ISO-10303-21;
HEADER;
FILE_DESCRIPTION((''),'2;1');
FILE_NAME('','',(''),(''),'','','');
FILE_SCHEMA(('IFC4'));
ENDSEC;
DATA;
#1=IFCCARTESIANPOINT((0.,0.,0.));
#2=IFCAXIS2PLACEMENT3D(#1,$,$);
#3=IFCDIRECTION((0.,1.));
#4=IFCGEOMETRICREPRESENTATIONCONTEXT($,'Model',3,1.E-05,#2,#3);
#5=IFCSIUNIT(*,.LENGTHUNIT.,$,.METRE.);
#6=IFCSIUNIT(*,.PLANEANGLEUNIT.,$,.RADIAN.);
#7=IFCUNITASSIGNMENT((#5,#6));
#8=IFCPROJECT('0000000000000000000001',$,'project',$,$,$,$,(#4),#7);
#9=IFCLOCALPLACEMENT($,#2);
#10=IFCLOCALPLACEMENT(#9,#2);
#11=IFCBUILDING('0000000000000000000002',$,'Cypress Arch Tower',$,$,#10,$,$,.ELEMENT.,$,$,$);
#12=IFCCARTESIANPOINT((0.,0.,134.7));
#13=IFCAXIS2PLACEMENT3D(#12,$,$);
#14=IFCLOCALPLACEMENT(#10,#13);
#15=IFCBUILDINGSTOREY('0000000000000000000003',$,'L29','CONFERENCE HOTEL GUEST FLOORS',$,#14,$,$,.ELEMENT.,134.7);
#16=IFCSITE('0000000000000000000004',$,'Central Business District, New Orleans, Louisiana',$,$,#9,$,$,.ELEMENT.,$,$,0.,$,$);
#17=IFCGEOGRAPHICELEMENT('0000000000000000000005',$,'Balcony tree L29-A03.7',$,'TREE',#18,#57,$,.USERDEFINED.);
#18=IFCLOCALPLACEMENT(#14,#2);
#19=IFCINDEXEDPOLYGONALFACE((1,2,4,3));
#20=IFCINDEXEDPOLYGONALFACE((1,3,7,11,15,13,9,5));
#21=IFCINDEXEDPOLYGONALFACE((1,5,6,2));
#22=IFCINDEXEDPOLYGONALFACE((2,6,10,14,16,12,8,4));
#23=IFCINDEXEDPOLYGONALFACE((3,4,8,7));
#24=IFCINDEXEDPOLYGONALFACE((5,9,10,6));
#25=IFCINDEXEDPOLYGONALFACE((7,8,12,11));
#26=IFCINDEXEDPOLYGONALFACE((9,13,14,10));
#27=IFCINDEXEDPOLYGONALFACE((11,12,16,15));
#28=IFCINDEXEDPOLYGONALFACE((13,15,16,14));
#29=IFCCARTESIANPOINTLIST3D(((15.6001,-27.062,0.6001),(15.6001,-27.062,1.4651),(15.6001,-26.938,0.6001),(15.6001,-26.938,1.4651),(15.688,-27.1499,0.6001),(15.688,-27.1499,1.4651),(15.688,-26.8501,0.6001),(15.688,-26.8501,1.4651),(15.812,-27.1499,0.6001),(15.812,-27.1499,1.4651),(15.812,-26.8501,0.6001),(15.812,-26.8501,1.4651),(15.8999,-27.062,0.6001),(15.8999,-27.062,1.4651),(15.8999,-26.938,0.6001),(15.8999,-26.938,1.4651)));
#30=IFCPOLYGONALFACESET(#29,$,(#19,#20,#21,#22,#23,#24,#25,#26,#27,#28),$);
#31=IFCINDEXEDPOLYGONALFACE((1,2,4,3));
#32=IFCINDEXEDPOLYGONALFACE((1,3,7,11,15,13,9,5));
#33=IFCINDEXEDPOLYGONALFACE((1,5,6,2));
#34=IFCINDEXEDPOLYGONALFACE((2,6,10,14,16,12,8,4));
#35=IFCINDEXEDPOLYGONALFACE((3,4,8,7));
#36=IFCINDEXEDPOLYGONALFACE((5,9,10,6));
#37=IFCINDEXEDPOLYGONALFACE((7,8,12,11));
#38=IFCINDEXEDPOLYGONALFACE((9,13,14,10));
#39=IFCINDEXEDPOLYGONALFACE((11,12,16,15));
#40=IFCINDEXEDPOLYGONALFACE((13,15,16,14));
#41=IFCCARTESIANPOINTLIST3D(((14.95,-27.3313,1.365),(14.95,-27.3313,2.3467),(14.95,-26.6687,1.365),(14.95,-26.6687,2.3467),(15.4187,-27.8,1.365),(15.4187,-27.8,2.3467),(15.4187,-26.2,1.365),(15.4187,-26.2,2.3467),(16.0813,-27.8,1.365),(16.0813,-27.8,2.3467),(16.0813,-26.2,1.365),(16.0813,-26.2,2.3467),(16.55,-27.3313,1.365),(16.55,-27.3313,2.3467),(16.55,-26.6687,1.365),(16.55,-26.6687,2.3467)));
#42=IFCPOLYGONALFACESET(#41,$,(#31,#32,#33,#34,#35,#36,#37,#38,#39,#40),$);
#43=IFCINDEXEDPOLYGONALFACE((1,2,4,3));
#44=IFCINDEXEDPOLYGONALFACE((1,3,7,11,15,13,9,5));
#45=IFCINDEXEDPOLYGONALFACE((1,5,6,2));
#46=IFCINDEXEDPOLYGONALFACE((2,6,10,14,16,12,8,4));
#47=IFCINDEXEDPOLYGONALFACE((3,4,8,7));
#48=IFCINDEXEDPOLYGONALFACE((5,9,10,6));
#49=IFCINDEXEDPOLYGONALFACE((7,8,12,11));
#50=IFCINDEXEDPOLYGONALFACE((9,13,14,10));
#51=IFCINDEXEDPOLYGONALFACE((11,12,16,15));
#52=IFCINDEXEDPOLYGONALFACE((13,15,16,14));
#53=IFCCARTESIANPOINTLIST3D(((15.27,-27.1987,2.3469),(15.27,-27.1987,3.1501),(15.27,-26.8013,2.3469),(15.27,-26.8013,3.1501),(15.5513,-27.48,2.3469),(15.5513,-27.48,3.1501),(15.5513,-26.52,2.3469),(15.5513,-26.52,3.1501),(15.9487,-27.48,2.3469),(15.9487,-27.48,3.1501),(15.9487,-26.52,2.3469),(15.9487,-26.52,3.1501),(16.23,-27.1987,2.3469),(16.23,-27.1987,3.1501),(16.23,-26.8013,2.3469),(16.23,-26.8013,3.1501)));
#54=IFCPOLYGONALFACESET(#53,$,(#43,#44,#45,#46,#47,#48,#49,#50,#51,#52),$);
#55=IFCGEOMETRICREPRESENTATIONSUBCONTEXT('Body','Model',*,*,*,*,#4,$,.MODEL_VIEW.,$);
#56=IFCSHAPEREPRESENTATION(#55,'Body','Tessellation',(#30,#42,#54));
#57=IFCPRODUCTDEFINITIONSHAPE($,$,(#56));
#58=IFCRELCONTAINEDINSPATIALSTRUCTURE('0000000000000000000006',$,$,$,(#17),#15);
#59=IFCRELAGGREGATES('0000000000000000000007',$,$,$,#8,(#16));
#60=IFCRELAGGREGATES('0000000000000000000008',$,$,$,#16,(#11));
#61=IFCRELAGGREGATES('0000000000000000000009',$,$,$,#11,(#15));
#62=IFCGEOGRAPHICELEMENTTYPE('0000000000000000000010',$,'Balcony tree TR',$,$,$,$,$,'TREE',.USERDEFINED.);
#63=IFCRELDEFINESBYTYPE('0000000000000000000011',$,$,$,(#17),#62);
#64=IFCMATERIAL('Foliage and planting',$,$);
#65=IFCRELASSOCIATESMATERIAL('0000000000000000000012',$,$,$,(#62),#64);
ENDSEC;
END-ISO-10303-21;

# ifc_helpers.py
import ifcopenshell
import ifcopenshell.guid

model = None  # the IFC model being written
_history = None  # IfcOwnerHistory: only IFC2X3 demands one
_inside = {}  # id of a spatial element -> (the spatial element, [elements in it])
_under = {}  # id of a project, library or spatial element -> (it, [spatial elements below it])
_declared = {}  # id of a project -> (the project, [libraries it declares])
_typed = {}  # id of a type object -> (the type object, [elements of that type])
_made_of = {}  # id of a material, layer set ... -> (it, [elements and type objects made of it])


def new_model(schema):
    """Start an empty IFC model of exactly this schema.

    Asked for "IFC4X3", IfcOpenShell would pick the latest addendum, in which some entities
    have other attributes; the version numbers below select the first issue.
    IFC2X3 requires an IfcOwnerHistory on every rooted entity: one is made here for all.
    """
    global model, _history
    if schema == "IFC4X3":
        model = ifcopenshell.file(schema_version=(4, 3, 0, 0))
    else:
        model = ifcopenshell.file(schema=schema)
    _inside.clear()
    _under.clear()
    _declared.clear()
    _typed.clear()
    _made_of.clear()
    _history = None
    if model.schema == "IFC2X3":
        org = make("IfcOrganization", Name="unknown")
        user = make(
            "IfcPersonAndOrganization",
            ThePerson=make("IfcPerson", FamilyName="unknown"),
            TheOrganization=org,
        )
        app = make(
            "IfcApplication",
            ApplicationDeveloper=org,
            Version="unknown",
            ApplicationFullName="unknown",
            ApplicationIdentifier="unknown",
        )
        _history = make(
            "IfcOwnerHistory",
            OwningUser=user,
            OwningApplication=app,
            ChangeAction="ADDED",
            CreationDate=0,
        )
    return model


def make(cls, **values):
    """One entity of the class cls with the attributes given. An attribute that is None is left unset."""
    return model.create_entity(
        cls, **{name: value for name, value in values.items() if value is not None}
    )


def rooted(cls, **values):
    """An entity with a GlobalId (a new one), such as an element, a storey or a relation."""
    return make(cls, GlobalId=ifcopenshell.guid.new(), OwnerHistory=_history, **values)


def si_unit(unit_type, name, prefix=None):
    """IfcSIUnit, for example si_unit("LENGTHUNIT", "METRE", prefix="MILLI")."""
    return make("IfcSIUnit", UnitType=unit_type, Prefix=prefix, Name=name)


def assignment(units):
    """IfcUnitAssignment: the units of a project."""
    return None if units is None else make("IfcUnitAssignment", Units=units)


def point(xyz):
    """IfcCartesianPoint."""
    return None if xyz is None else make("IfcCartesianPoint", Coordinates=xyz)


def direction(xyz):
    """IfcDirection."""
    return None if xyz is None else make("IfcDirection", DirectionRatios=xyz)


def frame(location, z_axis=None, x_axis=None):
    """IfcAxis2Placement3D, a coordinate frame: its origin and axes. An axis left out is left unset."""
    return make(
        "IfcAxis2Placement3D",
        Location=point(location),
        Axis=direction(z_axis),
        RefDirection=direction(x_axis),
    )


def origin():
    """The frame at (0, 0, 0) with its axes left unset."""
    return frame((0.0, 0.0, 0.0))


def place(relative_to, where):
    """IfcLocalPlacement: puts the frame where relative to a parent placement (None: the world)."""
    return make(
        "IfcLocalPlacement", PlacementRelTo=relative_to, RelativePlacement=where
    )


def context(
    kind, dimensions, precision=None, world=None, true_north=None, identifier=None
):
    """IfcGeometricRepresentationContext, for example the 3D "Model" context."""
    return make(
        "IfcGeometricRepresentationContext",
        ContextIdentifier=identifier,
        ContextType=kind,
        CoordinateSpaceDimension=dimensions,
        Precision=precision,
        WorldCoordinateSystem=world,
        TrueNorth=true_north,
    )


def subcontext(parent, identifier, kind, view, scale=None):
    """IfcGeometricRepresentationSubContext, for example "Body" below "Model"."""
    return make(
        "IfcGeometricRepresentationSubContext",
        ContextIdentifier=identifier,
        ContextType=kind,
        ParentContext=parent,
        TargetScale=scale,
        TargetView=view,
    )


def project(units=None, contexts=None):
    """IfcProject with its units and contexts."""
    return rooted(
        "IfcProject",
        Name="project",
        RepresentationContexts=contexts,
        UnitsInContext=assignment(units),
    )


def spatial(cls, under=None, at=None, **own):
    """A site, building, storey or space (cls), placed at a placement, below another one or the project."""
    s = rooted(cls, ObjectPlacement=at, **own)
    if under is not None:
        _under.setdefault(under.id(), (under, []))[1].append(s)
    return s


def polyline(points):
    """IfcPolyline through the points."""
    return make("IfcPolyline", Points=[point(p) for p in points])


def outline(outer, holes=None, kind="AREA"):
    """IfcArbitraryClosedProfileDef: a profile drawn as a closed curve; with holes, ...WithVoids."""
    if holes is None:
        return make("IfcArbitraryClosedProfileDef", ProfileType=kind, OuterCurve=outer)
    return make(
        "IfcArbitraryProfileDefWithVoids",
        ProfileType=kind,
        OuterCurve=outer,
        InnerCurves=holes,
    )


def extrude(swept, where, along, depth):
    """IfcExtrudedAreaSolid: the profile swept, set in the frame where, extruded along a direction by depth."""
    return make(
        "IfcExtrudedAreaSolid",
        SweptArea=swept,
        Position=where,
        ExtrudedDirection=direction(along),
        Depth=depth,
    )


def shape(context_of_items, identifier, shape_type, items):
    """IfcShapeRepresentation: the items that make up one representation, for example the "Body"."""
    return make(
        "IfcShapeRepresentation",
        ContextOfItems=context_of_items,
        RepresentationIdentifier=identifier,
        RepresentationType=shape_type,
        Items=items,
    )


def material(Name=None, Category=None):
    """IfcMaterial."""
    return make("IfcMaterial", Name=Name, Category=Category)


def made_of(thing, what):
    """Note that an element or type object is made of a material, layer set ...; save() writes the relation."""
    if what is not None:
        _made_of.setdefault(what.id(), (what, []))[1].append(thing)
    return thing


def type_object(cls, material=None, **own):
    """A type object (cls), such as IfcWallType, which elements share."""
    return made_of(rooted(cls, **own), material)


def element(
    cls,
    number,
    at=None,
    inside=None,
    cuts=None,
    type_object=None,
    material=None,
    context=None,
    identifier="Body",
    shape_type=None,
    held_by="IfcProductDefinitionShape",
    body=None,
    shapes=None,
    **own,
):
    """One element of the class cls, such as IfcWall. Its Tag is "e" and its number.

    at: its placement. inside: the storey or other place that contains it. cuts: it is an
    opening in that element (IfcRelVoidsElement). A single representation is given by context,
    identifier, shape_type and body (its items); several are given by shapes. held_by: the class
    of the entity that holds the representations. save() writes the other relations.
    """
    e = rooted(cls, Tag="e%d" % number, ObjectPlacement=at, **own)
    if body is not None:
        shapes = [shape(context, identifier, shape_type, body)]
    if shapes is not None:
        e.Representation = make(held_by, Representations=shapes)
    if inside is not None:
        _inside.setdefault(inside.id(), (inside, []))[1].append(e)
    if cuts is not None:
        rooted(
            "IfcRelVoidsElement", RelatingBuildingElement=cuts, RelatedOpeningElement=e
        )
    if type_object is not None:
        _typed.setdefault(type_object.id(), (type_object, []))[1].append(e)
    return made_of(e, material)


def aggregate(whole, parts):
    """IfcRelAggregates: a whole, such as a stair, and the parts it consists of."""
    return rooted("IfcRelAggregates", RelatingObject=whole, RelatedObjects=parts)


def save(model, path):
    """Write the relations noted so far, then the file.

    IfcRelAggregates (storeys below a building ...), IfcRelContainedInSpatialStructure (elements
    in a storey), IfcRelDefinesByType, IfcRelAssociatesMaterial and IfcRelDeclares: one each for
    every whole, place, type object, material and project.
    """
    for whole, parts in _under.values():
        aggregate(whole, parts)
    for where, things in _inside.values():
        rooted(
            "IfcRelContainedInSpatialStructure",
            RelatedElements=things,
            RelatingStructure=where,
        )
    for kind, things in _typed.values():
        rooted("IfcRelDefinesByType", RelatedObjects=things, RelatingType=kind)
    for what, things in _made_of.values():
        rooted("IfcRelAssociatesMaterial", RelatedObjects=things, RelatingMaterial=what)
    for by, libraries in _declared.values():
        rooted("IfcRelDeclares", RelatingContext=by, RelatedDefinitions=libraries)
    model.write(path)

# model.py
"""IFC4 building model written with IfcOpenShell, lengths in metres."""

from ifc_helpers import new_model, si_unit, direction, frame, origin, place, context, subcontext, project, spatial, polyline, outline, extrude, material, type_object, element, save


model = new_model("IFC4")

# Units and contexts
model_context = context("Model", 3, precision=1e-05, world=origin(), true_north=direction((0.0, 1.0)))
body_context = subcontext(model_context, "Body", "Model", "MODEL_VIEW")
ifc_project = project(units=[si_unit("LENGTHUNIT", "METRE"), si_unit("PLANEANGLEUNIT", "RADIAN")], contexts=[model_context])

# Site, building, storey
site_placement = place(None, origin())
site = spatial("IfcSite", under=ifc_project, at=site_placement, Name="Central Business District, New Orleans, Louisiana", CompositionType="ELEMENT", RefElevation=0.0)
building_placement = place(site_placement, origin())
building = spatial("IfcBuilding", under=site, at=building_placement, Name="Cypress Arch Tower", CompositionType="ELEMENT")
storey_placement = place(building_placement, frame((0.0, 0.0, 134.7)))
storey = spatial("IfcBuildingStorey", under=building, at=storey_placement, Name="L29", Description="CONFERENCE HOTEL GUEST FLOORS", CompositionType="ELEMENT", Elevation=134.7)

# Geographic element
ifc_material_1 = material(Name="Foliage and planting")
geographic_element_type = type_object("IfcGeographicElementType", Name="Balcony tree TR", ElementType="TREE", PredefinedType="USERDEFINED", material=ifc_material_1)
geographic_element_placement = place(storey_placement, frame((15.75, -27.0, 0.6001), z_axis=(0.0, 0.0, 1.0), x_axis=(1.0, 0.0, 0.0)))
element("IfcGeographicElement", 1, at=geographic_element_placement, inside=storey, type_object=geographic_element_type, Name="Balcony tree L29-A03.7", ObjectType="TREE", PredefinedType="USERDEFINED", context=body_context, shape_type="SweptSolid", body=[
    extrude(outline(polyline([(0.1499, 0.062), (0.062, 0.1499), (-0.062, 0.1499), (-0.1499, 0.062), (-0.1499, -0.062), (-0.062, -0.1499), (0.062, -0.1499), (0.1499, -0.062), (0.1499, 0.062)])), origin(), (0.0, 0.0, 1.0), 0.865),
    extrude(outline(polyline([(0.8, 0.3313), (0.3313, 0.8), (-0.3313, 0.8), (-0.8, 0.3313), (-0.8, -0.3313), (-0.3313, -0.8), (0.3313, -0.8), (0.8, -0.3313), (0.8, 0.3313)])), frame((0.0, 0.0, 0.7649)), (0.0, 0.0, 1.0), 0.9817),
    extrude(outline(polyline([(0.48, 0.1987), (0.1987, 0.48), (-0.1987, 0.48), (-0.48, 0.1987), (-0.48, -0.1987), (-0.1987, -0.48), (0.1987, -0.48), (0.48, -0.1987), (0.48, 0.1987)])), frame((0.0, 0.0, 1.7468)), (0.0, 0.0, 1.0), 0.8032),
])

save(model, "model.ifc")
